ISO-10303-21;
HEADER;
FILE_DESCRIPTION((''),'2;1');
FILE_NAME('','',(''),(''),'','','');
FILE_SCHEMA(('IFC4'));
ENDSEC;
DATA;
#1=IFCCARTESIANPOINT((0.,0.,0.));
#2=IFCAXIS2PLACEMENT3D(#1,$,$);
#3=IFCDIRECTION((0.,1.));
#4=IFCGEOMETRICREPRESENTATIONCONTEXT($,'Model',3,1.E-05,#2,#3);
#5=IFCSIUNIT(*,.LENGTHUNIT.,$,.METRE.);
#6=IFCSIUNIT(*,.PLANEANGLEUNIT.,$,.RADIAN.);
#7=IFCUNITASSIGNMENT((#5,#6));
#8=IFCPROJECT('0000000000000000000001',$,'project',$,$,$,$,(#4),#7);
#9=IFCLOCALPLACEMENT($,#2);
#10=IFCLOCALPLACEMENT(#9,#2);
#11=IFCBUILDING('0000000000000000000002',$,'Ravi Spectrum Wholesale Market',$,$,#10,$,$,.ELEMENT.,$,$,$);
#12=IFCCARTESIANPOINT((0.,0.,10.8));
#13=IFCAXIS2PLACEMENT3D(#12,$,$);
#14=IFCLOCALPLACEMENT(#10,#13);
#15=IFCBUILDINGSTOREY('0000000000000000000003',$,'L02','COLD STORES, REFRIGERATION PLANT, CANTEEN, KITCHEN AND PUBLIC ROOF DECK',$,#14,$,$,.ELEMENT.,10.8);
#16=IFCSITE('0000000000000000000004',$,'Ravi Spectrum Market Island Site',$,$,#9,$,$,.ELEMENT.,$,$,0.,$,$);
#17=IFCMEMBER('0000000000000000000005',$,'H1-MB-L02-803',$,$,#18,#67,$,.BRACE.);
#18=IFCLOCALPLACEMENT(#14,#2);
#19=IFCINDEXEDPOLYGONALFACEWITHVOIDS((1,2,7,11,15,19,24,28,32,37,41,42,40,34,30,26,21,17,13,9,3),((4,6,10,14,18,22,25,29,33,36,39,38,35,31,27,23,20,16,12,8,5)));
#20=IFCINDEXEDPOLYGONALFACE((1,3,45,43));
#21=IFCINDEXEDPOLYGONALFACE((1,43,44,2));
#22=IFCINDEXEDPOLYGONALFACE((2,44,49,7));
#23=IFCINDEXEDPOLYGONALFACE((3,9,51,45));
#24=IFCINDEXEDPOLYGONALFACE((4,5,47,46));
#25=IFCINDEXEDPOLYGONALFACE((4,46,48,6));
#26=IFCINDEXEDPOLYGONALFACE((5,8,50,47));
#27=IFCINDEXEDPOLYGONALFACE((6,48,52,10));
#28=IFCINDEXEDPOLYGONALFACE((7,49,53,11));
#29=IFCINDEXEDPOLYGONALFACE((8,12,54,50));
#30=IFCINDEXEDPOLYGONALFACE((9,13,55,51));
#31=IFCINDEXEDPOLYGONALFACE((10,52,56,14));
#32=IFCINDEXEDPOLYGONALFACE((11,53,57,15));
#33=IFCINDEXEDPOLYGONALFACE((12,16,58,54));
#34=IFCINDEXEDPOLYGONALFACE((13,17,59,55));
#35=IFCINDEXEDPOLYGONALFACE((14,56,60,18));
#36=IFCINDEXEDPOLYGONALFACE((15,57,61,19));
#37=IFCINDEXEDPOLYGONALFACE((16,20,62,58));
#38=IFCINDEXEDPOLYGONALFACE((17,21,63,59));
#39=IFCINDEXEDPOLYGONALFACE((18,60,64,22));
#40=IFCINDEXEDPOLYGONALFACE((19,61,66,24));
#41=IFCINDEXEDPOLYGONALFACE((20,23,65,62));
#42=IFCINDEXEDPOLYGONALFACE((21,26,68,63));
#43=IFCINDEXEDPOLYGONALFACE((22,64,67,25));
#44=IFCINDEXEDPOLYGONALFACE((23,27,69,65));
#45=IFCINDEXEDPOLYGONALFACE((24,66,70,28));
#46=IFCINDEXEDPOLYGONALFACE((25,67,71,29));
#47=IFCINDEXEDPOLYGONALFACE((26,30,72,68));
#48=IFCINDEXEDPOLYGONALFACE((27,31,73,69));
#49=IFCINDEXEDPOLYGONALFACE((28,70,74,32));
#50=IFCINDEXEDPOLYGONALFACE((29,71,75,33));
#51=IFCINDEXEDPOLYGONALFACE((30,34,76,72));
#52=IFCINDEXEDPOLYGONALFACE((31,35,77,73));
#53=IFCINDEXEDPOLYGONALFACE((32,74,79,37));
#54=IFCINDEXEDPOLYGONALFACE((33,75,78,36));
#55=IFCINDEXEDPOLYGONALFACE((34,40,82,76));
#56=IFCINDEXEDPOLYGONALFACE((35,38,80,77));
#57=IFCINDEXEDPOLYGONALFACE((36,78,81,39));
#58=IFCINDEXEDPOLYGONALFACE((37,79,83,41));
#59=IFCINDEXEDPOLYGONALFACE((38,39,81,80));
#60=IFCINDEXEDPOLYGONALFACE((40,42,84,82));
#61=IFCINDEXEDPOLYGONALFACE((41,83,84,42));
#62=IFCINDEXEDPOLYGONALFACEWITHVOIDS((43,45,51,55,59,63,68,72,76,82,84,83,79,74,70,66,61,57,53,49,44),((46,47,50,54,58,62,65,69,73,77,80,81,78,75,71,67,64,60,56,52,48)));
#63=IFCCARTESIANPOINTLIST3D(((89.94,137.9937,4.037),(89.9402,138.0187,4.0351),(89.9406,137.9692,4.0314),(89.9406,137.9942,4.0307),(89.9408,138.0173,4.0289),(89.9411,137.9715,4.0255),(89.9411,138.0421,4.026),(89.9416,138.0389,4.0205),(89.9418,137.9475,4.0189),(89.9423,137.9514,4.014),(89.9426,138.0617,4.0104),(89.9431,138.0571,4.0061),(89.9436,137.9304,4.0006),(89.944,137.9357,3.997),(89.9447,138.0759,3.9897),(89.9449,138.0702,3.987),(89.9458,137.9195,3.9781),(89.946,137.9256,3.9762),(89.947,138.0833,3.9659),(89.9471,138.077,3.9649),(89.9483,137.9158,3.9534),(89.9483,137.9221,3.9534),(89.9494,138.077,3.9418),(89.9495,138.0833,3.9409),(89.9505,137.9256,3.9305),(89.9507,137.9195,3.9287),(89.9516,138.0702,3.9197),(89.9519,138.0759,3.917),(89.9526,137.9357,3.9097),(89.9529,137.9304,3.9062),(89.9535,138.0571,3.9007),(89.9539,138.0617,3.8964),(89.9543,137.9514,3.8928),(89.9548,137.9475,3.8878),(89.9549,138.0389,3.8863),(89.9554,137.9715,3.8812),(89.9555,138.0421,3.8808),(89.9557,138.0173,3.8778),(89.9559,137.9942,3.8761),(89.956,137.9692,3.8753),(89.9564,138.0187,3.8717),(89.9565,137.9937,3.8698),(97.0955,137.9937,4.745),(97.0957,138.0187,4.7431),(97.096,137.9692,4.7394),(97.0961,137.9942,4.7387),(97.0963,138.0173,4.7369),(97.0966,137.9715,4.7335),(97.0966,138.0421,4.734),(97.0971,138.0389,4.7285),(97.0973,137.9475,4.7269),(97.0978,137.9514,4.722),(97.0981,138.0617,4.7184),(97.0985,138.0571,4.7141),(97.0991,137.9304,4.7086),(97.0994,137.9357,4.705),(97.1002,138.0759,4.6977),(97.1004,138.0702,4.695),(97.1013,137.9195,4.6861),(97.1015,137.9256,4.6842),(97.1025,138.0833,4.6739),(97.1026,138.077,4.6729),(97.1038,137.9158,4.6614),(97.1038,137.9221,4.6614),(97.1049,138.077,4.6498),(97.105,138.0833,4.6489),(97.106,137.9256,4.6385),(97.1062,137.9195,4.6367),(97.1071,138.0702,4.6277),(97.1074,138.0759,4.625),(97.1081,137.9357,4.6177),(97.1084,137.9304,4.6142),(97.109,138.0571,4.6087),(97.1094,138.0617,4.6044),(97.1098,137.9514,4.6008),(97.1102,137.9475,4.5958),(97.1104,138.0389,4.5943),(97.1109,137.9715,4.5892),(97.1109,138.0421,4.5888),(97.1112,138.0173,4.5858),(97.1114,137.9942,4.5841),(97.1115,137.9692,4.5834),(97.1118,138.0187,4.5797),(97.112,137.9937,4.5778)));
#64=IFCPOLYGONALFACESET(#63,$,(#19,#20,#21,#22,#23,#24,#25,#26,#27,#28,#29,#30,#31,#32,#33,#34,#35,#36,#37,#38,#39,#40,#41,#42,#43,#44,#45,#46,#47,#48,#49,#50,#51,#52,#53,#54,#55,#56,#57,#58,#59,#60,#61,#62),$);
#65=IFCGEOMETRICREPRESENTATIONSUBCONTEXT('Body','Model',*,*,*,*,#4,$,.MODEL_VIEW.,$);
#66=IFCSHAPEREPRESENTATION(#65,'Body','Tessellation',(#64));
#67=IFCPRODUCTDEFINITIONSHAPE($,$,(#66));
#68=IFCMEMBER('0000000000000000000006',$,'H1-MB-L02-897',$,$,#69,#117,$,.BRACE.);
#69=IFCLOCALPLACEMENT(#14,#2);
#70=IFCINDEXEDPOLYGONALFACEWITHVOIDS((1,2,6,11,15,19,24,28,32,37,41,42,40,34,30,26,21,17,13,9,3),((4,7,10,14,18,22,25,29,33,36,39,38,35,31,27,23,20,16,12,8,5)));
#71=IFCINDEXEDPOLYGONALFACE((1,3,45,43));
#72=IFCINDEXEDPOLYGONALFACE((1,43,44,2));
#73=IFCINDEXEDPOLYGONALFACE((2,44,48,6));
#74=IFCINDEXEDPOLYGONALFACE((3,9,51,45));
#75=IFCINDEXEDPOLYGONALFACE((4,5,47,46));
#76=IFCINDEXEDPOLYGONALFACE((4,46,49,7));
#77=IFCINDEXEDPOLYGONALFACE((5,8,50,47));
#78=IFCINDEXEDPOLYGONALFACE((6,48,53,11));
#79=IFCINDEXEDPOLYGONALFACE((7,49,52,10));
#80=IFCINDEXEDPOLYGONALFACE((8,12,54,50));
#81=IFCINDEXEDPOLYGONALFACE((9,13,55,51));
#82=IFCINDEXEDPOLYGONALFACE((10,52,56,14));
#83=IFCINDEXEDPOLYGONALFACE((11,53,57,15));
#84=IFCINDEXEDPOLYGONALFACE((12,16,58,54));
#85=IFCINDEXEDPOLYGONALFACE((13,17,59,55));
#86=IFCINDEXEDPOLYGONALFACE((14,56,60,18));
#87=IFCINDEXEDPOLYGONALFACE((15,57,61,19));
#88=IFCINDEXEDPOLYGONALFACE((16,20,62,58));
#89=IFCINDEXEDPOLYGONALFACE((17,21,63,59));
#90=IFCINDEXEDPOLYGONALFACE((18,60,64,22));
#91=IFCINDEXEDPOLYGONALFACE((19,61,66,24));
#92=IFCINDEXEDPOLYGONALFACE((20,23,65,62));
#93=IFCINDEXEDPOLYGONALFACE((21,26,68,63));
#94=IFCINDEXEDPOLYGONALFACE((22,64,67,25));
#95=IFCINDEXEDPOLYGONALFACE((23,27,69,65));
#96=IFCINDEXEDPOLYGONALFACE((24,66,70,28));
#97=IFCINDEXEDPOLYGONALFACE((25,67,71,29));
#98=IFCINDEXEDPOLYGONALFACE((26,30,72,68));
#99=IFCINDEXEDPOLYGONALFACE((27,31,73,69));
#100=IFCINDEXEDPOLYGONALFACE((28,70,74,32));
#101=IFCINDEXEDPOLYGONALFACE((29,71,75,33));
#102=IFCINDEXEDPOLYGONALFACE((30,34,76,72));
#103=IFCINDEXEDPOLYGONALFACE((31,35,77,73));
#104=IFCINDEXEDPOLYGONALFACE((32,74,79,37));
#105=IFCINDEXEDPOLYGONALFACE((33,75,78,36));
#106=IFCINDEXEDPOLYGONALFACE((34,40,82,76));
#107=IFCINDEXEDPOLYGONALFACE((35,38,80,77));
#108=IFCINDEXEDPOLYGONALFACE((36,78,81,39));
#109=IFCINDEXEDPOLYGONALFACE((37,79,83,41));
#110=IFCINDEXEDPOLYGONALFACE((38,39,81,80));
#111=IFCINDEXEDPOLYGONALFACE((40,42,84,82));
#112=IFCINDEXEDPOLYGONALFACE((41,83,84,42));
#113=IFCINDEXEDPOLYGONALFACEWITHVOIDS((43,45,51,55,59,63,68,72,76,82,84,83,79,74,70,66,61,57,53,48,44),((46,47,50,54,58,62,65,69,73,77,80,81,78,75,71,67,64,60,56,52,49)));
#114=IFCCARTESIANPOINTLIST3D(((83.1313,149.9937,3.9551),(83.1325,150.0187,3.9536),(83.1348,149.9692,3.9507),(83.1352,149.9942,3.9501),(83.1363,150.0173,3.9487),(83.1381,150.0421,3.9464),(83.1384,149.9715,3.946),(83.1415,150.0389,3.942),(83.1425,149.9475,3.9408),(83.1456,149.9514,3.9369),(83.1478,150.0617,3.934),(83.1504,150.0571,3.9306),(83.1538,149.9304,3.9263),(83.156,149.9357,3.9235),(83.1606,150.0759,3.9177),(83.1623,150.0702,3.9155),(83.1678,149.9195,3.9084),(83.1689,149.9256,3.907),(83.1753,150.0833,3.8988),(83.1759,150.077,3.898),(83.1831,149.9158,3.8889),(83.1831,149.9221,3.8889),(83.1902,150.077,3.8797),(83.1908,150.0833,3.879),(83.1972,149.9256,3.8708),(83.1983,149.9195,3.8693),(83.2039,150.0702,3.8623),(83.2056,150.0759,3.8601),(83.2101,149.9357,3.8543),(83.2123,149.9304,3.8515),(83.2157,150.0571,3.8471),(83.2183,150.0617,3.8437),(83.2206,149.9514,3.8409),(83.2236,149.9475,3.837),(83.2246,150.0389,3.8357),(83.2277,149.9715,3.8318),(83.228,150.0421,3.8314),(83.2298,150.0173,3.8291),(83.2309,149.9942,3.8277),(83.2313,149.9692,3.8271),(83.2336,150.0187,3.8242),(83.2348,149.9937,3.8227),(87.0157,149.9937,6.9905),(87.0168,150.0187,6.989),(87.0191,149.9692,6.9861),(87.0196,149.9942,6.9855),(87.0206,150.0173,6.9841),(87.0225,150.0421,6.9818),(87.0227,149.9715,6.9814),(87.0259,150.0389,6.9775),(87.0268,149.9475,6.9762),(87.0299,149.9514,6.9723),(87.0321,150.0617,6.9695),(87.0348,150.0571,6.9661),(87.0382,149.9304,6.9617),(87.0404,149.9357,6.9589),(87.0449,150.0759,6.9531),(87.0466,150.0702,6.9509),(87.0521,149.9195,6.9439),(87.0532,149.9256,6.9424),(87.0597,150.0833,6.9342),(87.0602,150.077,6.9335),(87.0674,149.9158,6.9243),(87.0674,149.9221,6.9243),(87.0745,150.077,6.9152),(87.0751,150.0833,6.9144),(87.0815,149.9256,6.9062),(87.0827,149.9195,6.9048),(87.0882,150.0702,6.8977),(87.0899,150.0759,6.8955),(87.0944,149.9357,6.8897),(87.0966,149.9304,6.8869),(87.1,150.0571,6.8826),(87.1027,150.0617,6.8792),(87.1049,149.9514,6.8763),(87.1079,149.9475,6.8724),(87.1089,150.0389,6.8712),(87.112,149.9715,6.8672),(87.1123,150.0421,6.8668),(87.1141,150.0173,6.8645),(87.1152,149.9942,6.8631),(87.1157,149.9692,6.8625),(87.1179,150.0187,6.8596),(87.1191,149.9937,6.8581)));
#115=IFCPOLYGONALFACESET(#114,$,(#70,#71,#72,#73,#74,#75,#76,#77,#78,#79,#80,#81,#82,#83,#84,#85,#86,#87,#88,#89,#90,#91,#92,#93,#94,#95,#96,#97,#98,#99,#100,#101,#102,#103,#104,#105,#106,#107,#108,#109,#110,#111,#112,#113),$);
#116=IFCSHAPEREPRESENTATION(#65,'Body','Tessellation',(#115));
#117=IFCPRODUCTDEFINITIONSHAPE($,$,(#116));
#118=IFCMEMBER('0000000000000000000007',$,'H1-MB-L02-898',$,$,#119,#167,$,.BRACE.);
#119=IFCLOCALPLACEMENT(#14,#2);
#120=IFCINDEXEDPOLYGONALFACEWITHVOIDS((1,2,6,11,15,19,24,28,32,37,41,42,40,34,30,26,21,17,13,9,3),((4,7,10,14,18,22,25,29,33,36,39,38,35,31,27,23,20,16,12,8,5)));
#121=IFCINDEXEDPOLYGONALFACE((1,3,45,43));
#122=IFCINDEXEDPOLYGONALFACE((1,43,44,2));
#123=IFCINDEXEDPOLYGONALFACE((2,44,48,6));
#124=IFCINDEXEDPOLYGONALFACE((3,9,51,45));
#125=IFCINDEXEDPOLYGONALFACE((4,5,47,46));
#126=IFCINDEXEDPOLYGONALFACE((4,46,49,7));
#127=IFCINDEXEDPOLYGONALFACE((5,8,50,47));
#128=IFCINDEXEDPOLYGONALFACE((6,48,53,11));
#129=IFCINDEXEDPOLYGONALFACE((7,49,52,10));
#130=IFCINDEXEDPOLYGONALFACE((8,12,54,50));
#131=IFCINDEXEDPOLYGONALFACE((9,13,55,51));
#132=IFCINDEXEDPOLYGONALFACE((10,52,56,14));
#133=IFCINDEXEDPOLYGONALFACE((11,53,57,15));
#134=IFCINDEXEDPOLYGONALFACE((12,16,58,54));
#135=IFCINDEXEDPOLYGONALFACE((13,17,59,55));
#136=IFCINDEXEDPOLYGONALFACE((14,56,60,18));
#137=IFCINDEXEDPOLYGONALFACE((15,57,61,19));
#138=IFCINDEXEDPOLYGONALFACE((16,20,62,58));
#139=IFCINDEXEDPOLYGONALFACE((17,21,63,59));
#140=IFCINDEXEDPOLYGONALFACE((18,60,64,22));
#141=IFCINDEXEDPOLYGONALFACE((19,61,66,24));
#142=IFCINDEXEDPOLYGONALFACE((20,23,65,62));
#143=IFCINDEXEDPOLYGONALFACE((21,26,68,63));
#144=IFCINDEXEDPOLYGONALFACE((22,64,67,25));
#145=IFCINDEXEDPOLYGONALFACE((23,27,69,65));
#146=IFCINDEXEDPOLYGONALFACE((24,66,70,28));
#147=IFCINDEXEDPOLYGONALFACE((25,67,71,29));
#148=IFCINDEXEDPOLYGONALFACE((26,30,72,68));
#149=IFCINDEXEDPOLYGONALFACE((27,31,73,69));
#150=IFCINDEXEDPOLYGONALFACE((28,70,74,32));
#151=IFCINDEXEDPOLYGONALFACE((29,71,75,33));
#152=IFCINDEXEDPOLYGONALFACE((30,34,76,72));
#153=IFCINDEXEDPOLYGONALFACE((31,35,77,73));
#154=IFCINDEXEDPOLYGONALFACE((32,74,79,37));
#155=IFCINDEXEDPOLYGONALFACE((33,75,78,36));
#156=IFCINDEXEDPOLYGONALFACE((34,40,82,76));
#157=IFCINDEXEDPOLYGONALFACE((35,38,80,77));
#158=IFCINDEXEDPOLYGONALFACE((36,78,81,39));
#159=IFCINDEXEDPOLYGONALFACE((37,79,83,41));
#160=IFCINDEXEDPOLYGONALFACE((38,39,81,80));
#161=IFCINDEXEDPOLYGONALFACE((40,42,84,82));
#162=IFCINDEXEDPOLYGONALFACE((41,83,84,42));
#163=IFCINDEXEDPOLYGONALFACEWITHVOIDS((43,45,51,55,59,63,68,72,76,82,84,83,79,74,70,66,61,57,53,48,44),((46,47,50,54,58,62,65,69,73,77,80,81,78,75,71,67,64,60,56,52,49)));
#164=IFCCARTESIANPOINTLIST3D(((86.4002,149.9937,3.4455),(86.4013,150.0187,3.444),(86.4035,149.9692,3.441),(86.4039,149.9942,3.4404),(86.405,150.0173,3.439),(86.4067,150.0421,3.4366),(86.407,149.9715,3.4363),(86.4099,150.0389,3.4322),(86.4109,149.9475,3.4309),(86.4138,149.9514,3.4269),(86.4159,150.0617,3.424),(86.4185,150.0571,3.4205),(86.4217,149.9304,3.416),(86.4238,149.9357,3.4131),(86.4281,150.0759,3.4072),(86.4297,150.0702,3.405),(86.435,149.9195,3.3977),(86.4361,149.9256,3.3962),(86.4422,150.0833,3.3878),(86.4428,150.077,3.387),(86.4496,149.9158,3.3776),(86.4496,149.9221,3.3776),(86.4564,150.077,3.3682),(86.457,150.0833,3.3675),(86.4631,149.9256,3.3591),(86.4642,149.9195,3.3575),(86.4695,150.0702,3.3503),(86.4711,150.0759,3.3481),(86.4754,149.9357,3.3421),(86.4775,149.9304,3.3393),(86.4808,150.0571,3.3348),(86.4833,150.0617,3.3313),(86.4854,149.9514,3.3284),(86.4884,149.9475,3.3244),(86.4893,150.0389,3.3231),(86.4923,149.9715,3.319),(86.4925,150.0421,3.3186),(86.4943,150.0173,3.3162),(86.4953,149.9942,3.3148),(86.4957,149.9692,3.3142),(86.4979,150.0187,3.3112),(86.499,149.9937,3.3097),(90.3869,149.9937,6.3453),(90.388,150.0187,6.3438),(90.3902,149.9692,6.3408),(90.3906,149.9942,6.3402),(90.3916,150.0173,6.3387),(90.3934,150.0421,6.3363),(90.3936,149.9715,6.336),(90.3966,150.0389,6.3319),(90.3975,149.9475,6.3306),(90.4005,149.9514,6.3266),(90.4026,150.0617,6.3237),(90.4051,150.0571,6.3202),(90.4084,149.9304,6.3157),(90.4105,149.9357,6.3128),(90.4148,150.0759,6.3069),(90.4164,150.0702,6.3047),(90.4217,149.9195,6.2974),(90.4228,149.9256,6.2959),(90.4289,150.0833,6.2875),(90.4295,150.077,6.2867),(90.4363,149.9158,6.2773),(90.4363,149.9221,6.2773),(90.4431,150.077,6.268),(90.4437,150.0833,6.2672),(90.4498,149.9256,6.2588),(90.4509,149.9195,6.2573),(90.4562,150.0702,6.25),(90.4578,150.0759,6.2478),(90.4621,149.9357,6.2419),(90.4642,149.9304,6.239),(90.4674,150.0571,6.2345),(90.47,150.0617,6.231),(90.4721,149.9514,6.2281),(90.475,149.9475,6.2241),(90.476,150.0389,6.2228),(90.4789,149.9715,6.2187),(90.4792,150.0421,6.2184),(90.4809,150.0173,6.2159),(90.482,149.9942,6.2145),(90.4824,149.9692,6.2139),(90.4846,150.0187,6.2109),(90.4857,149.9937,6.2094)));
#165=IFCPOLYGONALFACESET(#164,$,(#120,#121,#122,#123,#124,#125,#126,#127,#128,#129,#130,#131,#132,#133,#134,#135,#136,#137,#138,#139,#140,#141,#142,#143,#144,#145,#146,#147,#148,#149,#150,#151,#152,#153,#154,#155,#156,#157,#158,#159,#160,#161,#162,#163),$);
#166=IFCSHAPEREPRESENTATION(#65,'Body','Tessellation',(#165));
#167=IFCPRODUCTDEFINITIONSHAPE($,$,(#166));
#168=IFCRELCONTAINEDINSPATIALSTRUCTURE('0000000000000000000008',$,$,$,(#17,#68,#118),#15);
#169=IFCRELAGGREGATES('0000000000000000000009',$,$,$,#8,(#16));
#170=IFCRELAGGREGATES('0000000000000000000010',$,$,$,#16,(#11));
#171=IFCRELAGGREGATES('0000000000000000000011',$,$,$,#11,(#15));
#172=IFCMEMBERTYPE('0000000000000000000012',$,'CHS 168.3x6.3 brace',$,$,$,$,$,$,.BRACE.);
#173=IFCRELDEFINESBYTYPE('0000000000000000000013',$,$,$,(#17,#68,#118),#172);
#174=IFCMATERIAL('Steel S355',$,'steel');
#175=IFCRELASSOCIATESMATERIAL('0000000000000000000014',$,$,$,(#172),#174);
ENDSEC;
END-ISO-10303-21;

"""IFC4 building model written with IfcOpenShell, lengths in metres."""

from ifc_helpers import new_model, si_unit, direction, frame, origin, origin_2d, place, context, subcontext, project, spatial, hollow_circle, extrude, material, material_profile, profile_set, type_object, element, save


model = new_model("IFC4")

# Units and contexts
model_context = context("Model", 3, precision=1e-05, world=origin(), true_north=direction((0.0, 1.0)))
body_context = subcontext(model_context, "Body", "Model", "MODEL_VIEW")
ifc_project = project(units=[si_unit("LENGTHUNIT", "METRE"), si_unit("PLANEANGLEUNIT", "RADIAN")], contexts=[model_context])

# Site, building, storey
site_placement = place(None, origin())
site = spatial("IfcSite", under=ifc_project, at=site_placement, Name="Ravi Spectrum Market Island Site", CompositionType="ELEMENT", RefElevation=0.0)
building_placement = place(site_placement, origin())
building = spatial("IfcBuilding", under=site, at=building_placement, Name="Ravi Spectrum Wholesale Market", CompositionType="ELEMENT")
storey_placement = place(building_placement, frame((0.0, 0.0, 10.8)))
storey = spatial("IfcBuildingStorey", under=building, at=storey_placement, Name="L02", Description="COLD STORES, REFRIGERATION PLANT, CANTEEN, KITCHEN AND PUBLIC ROOF DECK", CompositionType="ELEMENT", Elevation=10.8)

# Members
ifc_material_1 = material(Name="Steel S355", Category="steel")
ifc_material_profile_1 = material_profile(ifc_material_1, hollow_circle(Radius=0.0842, WallThickness=0.0063, at=origin_2d()))
ifc_profile_set_1 = profile_set([ifc_material_profile_1], Name="Steel S355")
member_type_1 = type_object("IfcMemberType", Name="CHS 168.3x6.3 brace", PredefinedType="BRACE", material=ifc_profile_set_1)
member_1_placement = place(storey_placement, frame((97.1038, 138.0, 4.6614), z_axis=(-0.995141, 0.0, -0.098465), x_axis=(0.0, -1.0, 0.0)))
element("IfcMember", 1, at=member_1_placement, inside=storey, type_object=member_type_1, Name="H1-MB-L02-803", PredefinedType="BRACE", context=body_context, shape_type="SweptSolid", body=[
    extrude(hollow_circle(Radius=0.0842, WallThickness=0.0063, at=origin_2d()), origin(), (0.0, 0.0, 1.0), 7.1904),
])
for number, where, z_axis, x_axis, name in (
    (2, (87.0674, 150.0, 6.9243), (-0.787945, 0.0, -0.615746), (0.0, -1.0, 0.0), "H1-MB-L02-897"),
    (3, (90.4363, 150.0, 6.2773), (-0.808704, 0.0, -0.588216), (0.0, -1.0, 0.0), "H1-MB-L02-898"),
):
    element("IfcMember", number, at=place(storey_placement, frame(where, z_axis=z_axis, x_axis=x_axis)), inside=storey, type_object=member_type_1, Name=name, PredefinedType="BRACE", context=body_context, shape_type="SweptSolid", body=[
        extrude(hollow_circle(Radius=0.0842, WallThickness=0.0063, at=origin_2d()), origin(), (0.0, 0.0, 1.0), 4.9297),
    ])

save(model, "model.ifc")
